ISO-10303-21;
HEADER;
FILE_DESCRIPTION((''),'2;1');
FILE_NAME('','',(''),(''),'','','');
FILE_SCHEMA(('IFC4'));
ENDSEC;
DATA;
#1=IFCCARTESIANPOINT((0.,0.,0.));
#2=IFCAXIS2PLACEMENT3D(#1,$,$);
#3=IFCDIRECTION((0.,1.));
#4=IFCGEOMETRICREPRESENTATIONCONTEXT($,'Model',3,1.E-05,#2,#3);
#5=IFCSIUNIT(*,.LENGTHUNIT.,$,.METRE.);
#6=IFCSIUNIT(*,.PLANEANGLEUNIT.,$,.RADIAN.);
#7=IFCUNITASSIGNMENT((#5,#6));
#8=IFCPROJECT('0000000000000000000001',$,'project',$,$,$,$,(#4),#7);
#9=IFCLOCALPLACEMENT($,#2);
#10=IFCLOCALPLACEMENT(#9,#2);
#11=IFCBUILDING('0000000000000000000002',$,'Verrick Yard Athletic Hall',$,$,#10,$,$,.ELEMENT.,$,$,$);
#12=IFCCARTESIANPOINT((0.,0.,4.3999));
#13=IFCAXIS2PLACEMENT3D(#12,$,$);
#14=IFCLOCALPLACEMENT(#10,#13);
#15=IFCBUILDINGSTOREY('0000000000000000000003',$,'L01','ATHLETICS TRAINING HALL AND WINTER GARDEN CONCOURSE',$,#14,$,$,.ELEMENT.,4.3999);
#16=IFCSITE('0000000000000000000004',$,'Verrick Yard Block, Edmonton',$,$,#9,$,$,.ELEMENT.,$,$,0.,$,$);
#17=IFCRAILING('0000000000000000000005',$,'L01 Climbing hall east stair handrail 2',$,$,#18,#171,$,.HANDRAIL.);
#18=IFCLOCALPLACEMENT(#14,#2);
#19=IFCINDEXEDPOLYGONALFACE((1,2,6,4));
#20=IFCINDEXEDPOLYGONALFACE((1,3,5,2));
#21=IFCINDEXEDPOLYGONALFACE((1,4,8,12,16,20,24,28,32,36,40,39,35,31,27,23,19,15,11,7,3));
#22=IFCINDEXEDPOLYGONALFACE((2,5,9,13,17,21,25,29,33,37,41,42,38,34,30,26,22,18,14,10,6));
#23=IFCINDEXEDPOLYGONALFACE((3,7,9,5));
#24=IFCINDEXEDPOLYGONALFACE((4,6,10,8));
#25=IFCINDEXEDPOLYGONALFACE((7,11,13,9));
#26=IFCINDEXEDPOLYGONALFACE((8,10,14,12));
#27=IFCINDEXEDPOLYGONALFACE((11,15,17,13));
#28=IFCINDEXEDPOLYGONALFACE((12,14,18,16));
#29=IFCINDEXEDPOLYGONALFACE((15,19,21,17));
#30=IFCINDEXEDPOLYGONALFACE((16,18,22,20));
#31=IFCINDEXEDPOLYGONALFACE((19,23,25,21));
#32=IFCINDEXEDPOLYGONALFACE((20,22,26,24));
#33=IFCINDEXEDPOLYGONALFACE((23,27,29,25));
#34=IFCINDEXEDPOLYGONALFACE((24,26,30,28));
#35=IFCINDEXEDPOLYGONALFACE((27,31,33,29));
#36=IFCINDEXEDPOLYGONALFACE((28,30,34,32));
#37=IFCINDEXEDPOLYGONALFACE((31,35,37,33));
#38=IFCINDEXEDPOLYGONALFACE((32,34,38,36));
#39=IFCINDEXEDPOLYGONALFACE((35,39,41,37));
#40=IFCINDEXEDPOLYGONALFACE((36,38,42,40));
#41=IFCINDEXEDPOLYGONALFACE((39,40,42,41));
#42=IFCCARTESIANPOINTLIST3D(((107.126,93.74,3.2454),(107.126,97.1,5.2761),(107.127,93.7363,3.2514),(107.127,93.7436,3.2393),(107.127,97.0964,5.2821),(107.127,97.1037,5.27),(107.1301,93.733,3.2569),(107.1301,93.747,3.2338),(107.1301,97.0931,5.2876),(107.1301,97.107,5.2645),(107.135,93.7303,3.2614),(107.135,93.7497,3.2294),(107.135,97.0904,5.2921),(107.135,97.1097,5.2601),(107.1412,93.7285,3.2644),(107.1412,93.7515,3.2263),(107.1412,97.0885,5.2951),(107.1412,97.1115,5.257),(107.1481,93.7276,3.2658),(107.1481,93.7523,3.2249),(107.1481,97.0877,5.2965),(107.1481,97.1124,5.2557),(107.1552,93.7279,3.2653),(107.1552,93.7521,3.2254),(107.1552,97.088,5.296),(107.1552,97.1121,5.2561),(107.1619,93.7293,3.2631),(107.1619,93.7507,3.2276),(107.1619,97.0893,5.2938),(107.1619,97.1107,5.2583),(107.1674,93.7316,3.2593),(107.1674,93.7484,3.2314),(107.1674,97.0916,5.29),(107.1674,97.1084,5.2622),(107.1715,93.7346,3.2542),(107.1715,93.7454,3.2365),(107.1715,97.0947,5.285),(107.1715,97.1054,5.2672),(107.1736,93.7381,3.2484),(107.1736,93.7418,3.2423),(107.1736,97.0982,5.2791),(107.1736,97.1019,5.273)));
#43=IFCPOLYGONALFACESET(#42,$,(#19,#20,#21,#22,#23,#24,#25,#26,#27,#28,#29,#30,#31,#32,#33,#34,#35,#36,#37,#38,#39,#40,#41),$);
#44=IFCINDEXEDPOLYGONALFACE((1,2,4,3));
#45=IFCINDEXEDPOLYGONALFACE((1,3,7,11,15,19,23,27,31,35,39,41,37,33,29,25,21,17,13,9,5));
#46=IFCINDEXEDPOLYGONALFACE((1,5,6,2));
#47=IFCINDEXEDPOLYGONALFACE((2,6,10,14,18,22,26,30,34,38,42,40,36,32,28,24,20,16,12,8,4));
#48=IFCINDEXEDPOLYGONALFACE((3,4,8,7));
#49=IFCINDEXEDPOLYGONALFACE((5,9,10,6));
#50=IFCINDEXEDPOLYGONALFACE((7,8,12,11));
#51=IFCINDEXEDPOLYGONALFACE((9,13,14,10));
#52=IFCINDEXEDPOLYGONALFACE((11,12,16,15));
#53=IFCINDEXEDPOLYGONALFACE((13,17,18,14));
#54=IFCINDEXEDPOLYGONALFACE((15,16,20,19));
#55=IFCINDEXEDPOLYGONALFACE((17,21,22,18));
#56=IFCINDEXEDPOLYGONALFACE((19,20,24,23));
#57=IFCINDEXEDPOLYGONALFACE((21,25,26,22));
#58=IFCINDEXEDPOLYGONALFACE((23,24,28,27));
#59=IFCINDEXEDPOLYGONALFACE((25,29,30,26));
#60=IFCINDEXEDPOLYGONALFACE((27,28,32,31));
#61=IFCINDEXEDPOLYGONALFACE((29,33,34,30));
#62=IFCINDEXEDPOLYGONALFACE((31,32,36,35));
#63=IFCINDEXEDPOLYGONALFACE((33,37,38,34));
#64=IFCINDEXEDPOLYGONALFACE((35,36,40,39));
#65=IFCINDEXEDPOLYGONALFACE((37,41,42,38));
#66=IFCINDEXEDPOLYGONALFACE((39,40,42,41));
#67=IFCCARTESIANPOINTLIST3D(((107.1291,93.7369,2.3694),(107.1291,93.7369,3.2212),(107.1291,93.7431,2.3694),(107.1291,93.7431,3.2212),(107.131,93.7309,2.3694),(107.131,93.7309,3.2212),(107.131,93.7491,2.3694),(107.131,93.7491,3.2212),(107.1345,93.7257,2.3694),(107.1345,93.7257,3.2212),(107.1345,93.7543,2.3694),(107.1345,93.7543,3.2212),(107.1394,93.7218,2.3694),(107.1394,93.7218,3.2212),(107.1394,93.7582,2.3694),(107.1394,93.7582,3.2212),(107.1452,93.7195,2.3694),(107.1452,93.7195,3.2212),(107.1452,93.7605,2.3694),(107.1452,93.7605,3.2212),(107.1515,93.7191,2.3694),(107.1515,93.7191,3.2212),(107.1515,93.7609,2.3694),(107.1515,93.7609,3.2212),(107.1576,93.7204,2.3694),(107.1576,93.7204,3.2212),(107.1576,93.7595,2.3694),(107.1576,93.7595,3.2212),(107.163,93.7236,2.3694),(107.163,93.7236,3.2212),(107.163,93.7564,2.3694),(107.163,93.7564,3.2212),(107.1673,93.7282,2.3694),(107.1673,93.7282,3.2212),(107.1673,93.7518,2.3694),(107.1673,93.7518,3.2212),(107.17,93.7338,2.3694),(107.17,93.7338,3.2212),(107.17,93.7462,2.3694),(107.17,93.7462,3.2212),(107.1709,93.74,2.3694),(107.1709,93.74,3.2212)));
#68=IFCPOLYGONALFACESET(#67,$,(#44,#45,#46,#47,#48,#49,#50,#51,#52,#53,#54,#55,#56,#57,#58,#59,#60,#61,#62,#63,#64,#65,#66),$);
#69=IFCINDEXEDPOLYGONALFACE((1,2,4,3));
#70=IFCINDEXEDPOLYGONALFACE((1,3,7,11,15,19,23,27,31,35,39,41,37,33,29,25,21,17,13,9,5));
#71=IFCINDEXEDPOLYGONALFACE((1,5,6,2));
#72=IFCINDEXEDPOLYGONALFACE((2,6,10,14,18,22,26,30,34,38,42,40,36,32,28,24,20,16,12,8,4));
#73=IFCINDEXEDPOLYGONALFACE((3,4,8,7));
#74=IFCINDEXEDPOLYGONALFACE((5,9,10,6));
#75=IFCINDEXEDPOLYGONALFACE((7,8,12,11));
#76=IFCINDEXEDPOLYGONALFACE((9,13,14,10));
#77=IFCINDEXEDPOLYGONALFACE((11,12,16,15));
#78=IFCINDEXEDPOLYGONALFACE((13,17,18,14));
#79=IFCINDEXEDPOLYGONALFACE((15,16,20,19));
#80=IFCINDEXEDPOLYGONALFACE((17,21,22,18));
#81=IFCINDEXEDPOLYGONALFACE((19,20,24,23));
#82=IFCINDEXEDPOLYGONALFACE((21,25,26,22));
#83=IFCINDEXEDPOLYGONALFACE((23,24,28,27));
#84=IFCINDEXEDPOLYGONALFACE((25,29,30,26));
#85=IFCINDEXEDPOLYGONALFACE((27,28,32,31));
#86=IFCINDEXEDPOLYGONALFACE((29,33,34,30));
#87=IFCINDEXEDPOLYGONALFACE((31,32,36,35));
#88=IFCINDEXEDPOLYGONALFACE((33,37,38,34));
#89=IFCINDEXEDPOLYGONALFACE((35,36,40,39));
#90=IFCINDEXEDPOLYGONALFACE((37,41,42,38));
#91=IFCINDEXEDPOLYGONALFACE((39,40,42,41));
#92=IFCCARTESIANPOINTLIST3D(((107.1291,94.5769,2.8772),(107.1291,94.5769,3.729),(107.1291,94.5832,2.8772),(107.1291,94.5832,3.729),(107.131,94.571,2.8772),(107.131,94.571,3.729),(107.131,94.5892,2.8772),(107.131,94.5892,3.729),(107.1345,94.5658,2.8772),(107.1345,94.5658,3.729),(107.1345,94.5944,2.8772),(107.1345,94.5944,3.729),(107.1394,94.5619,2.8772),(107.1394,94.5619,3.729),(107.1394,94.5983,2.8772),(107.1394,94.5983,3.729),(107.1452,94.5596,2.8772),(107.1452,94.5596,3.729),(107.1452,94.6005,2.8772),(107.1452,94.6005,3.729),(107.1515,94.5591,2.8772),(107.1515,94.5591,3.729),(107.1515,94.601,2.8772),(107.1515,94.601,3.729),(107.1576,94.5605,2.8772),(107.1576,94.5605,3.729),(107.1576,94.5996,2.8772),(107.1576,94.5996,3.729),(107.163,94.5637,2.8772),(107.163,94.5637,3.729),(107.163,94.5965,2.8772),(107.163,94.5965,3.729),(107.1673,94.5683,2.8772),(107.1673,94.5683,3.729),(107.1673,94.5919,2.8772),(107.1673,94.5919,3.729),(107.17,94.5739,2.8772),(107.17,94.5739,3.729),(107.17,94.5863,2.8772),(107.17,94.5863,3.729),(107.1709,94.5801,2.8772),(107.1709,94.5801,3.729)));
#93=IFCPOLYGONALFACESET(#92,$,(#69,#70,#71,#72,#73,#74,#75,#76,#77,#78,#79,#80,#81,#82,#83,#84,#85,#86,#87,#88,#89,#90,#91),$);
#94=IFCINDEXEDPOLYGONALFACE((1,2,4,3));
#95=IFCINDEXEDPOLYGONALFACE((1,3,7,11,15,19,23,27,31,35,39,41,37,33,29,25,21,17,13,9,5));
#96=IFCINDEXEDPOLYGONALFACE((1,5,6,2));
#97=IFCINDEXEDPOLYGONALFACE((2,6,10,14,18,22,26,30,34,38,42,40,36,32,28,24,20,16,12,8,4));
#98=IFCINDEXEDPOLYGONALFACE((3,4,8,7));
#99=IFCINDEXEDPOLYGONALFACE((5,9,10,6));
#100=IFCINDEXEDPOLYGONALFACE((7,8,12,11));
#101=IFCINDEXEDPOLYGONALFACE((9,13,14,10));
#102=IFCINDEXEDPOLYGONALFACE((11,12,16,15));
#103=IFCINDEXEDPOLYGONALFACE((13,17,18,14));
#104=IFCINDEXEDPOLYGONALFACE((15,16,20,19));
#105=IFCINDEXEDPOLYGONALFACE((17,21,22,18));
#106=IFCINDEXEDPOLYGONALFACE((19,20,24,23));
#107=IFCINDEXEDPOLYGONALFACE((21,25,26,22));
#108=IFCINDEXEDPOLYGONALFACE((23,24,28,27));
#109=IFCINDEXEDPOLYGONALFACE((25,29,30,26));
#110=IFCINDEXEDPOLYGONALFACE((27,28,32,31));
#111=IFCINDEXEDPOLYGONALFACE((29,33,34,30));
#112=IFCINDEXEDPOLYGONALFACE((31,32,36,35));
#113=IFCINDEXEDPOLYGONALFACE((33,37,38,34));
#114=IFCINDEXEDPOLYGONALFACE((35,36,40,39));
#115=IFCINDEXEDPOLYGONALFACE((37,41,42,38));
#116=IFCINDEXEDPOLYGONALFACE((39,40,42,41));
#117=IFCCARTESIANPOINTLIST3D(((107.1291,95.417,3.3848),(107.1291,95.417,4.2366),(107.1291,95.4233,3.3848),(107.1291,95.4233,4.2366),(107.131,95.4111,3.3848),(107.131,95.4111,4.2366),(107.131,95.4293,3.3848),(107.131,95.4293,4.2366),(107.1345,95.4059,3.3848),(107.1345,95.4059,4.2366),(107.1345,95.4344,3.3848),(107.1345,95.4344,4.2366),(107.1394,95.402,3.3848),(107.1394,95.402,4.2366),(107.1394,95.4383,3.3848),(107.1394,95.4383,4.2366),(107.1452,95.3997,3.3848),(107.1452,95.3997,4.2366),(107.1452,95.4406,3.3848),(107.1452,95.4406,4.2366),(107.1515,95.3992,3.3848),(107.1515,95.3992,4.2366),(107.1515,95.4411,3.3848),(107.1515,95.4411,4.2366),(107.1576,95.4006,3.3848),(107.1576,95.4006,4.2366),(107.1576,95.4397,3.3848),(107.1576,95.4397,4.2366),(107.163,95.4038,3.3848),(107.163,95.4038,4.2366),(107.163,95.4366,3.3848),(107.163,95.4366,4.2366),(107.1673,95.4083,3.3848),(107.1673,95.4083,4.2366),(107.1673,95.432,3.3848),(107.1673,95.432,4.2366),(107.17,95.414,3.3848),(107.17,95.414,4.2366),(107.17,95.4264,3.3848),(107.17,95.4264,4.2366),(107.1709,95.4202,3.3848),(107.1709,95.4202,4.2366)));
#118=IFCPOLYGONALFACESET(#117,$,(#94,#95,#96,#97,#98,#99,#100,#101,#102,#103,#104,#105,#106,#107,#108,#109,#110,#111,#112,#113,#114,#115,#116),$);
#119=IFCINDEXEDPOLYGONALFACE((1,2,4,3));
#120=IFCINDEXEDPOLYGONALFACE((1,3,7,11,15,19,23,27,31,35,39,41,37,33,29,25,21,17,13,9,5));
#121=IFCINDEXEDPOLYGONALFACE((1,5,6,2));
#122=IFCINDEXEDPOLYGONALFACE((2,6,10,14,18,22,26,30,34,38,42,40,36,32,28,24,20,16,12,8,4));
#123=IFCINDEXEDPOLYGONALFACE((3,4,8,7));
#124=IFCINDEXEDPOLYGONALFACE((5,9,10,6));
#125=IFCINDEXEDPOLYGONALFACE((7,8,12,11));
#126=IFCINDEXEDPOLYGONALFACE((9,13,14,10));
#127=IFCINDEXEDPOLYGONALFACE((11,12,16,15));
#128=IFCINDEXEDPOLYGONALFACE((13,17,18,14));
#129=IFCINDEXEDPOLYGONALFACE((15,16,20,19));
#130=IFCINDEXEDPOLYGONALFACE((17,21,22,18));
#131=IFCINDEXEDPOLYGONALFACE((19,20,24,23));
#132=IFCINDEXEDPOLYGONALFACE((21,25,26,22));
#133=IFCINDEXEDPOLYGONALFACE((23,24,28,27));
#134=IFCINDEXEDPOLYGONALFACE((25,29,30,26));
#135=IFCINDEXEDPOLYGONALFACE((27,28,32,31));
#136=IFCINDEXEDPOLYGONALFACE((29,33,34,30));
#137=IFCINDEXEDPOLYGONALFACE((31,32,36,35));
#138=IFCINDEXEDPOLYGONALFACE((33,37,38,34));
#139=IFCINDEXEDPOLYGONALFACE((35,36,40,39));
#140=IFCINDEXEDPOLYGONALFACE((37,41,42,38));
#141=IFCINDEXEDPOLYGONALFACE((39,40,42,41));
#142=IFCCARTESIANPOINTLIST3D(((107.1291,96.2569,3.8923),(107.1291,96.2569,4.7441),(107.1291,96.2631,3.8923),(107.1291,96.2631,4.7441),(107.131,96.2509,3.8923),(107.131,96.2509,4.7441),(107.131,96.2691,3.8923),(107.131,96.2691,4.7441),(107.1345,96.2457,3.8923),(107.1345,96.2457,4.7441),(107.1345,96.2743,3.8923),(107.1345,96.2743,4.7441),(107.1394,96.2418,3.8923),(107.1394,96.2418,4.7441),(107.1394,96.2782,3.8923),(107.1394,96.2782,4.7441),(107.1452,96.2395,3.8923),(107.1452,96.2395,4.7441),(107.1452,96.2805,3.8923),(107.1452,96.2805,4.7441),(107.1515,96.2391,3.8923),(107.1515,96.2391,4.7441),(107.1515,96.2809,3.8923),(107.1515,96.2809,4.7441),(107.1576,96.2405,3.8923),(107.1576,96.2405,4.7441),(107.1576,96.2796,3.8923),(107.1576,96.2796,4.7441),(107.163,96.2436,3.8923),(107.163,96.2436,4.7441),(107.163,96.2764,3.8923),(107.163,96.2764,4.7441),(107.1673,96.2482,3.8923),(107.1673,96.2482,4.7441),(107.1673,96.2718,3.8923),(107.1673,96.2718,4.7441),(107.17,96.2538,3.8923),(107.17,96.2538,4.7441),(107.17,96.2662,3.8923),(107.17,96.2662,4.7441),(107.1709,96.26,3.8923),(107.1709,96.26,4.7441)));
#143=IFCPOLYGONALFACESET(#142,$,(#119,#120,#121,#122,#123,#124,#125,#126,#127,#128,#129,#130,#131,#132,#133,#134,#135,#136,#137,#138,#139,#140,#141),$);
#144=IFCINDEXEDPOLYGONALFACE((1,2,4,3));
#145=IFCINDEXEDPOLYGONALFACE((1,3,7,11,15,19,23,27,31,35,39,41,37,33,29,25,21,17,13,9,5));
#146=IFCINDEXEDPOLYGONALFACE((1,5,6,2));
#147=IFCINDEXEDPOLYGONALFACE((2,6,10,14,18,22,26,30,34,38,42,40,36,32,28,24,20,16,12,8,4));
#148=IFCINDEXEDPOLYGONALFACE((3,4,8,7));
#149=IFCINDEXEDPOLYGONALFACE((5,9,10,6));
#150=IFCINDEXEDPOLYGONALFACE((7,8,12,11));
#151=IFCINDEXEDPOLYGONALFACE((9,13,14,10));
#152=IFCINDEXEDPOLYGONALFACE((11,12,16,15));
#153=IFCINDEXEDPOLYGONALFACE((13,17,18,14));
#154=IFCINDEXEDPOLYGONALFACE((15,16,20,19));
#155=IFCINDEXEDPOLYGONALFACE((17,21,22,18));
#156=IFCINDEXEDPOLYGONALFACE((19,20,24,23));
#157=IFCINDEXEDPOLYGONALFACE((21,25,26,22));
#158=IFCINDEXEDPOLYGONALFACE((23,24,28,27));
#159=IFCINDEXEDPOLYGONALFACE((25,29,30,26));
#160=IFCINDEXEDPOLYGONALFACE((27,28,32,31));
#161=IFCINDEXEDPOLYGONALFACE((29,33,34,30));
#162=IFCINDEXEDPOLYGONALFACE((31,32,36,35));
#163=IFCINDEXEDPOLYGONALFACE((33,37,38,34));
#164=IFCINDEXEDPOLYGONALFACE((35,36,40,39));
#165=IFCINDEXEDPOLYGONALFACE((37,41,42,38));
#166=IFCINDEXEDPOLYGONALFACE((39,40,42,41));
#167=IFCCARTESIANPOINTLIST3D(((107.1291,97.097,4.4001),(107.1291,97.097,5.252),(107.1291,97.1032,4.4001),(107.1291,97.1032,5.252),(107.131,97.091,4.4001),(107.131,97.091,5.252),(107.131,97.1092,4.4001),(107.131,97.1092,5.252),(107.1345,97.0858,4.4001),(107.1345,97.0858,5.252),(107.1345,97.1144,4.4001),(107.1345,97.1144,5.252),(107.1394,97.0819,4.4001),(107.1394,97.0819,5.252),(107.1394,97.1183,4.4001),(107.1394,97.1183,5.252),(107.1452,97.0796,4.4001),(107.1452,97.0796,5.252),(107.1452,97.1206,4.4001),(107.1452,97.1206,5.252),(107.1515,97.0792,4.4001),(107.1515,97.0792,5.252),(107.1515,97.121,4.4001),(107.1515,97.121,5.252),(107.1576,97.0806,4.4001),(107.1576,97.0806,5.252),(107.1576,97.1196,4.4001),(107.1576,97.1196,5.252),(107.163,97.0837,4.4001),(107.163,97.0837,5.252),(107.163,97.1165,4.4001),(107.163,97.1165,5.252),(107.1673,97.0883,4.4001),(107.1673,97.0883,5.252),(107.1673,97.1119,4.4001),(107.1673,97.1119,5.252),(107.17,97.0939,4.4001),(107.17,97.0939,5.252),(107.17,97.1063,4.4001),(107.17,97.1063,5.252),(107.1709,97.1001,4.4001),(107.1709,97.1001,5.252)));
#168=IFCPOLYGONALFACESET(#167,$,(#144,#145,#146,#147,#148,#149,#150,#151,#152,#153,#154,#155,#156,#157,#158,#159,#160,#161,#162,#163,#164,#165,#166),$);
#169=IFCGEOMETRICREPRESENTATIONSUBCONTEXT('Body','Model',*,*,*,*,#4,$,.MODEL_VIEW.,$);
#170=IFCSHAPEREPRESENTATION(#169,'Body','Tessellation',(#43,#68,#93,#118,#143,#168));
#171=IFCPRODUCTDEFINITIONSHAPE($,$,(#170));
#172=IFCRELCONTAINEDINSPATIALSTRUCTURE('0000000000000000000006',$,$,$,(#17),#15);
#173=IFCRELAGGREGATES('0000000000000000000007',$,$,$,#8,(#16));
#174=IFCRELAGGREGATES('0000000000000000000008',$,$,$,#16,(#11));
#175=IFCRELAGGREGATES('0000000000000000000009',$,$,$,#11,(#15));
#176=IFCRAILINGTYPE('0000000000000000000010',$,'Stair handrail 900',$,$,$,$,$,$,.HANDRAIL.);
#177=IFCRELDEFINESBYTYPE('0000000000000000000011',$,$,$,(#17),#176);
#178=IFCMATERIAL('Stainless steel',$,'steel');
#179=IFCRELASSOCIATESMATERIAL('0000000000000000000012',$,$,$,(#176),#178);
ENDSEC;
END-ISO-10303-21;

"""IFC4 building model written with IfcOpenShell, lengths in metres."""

from ifc_helpers import new_model, si_unit, direction, frame, origin, origin_2d, place, context, subcontext, project, spatial, circle, extrude, material, type_object, element, save


model = new_model("IFC4")

# Units and contexts
model_context = context("Model", 3, precision=1e-05, world=origin(), true_north=direction((0.0, 1.0)))
body_context = subcontext(model_context, "Body", "Model", "MODEL_VIEW")
ifc_project = project(units=[si_unit("LENGTHUNIT", "METRE"), si_unit("PLANEANGLEUNIT", "RADIAN")], contexts=[model_context])

# Site, building, storey
site_placement = place(None, origin())
site = spatial("IfcSite", under=ifc_project, at=site_placement, Name="Verrick Yard Block, Edmonton", CompositionType="ELEMENT", RefElevation=0.0)
building_placement = place(site_placement, origin())
building = spatial("IfcBuilding", under=site, at=building_placement, Name="Verrick Yard Athletic Hall", CompositionType="ELEMENT")
storey_placement = place(building_placement, frame((0.0, 0.0, 4.3999)))
storey = spatial("IfcBuildingStorey", under=building, at=storey_placement, Name="L01", Description="ATHLETICS TRAINING HALL AND WINTER GARDEN CONCOURSE", CompositionType="ELEMENT", Elevation=4.3999)

# Railing
ifc_material_1 = material(Name="Stainless steel", Category="steel")
railing_type_1 = type_object("IfcRailingType", Name="Stair handrail 900", PredefinedType="HANDRAIL", material=ifc_material_1)
for number, where, name in (
    (1, (107.1499, 93.74, 2.3694), "L01 Climbing hall east stair handrail 2"),
):
    element("IfcRailing", number, at=place(storey_placement, frame(where)), inside=storey, type_object=railing_type_1, Name=name, PredefinedType="HANDRAIL", context=body_context, shape_type="SweptSolid", body=[
        extrude(circle(Radius=0.0239, at=origin_2d()), frame((0.0, 0.0, 0.876), z_axis=(0.0, 0.855837, 0.517246), x_axis=(-1.0, 0.0, 0.0)), (0.0, 0.0, 1.0), 3.926),
        extrude(circle(Radius=0.021, at=origin_2d()), origin(), (0.0, 0.0, 1.0), 0.8518),
        extrude(circle(Radius=0.021, at=origin_2d()), frame((0.0, 0.8401, 0.5078)), (0.0, 0.0, 1.0), 0.8518),
        extrude(circle(Radius=0.021, at=origin_2d()), frame((0.0, 1.6802, 1.0154)), (0.0, 0.0, 1.0), 0.8518),
        extrude(circle(Radius=0.021, at=origin_2d()), frame((0.0, 2.52, 1.5229)), (0.0, 0.0, 1.0), 0.8518),
        extrude(circle(Radius=0.021, at=origin_2d()), frame((0.0, 3.3601, 2.0308)), (0.0, 0.0, 1.0), 0.8518),
    ])

save(model, "model.ifc")
